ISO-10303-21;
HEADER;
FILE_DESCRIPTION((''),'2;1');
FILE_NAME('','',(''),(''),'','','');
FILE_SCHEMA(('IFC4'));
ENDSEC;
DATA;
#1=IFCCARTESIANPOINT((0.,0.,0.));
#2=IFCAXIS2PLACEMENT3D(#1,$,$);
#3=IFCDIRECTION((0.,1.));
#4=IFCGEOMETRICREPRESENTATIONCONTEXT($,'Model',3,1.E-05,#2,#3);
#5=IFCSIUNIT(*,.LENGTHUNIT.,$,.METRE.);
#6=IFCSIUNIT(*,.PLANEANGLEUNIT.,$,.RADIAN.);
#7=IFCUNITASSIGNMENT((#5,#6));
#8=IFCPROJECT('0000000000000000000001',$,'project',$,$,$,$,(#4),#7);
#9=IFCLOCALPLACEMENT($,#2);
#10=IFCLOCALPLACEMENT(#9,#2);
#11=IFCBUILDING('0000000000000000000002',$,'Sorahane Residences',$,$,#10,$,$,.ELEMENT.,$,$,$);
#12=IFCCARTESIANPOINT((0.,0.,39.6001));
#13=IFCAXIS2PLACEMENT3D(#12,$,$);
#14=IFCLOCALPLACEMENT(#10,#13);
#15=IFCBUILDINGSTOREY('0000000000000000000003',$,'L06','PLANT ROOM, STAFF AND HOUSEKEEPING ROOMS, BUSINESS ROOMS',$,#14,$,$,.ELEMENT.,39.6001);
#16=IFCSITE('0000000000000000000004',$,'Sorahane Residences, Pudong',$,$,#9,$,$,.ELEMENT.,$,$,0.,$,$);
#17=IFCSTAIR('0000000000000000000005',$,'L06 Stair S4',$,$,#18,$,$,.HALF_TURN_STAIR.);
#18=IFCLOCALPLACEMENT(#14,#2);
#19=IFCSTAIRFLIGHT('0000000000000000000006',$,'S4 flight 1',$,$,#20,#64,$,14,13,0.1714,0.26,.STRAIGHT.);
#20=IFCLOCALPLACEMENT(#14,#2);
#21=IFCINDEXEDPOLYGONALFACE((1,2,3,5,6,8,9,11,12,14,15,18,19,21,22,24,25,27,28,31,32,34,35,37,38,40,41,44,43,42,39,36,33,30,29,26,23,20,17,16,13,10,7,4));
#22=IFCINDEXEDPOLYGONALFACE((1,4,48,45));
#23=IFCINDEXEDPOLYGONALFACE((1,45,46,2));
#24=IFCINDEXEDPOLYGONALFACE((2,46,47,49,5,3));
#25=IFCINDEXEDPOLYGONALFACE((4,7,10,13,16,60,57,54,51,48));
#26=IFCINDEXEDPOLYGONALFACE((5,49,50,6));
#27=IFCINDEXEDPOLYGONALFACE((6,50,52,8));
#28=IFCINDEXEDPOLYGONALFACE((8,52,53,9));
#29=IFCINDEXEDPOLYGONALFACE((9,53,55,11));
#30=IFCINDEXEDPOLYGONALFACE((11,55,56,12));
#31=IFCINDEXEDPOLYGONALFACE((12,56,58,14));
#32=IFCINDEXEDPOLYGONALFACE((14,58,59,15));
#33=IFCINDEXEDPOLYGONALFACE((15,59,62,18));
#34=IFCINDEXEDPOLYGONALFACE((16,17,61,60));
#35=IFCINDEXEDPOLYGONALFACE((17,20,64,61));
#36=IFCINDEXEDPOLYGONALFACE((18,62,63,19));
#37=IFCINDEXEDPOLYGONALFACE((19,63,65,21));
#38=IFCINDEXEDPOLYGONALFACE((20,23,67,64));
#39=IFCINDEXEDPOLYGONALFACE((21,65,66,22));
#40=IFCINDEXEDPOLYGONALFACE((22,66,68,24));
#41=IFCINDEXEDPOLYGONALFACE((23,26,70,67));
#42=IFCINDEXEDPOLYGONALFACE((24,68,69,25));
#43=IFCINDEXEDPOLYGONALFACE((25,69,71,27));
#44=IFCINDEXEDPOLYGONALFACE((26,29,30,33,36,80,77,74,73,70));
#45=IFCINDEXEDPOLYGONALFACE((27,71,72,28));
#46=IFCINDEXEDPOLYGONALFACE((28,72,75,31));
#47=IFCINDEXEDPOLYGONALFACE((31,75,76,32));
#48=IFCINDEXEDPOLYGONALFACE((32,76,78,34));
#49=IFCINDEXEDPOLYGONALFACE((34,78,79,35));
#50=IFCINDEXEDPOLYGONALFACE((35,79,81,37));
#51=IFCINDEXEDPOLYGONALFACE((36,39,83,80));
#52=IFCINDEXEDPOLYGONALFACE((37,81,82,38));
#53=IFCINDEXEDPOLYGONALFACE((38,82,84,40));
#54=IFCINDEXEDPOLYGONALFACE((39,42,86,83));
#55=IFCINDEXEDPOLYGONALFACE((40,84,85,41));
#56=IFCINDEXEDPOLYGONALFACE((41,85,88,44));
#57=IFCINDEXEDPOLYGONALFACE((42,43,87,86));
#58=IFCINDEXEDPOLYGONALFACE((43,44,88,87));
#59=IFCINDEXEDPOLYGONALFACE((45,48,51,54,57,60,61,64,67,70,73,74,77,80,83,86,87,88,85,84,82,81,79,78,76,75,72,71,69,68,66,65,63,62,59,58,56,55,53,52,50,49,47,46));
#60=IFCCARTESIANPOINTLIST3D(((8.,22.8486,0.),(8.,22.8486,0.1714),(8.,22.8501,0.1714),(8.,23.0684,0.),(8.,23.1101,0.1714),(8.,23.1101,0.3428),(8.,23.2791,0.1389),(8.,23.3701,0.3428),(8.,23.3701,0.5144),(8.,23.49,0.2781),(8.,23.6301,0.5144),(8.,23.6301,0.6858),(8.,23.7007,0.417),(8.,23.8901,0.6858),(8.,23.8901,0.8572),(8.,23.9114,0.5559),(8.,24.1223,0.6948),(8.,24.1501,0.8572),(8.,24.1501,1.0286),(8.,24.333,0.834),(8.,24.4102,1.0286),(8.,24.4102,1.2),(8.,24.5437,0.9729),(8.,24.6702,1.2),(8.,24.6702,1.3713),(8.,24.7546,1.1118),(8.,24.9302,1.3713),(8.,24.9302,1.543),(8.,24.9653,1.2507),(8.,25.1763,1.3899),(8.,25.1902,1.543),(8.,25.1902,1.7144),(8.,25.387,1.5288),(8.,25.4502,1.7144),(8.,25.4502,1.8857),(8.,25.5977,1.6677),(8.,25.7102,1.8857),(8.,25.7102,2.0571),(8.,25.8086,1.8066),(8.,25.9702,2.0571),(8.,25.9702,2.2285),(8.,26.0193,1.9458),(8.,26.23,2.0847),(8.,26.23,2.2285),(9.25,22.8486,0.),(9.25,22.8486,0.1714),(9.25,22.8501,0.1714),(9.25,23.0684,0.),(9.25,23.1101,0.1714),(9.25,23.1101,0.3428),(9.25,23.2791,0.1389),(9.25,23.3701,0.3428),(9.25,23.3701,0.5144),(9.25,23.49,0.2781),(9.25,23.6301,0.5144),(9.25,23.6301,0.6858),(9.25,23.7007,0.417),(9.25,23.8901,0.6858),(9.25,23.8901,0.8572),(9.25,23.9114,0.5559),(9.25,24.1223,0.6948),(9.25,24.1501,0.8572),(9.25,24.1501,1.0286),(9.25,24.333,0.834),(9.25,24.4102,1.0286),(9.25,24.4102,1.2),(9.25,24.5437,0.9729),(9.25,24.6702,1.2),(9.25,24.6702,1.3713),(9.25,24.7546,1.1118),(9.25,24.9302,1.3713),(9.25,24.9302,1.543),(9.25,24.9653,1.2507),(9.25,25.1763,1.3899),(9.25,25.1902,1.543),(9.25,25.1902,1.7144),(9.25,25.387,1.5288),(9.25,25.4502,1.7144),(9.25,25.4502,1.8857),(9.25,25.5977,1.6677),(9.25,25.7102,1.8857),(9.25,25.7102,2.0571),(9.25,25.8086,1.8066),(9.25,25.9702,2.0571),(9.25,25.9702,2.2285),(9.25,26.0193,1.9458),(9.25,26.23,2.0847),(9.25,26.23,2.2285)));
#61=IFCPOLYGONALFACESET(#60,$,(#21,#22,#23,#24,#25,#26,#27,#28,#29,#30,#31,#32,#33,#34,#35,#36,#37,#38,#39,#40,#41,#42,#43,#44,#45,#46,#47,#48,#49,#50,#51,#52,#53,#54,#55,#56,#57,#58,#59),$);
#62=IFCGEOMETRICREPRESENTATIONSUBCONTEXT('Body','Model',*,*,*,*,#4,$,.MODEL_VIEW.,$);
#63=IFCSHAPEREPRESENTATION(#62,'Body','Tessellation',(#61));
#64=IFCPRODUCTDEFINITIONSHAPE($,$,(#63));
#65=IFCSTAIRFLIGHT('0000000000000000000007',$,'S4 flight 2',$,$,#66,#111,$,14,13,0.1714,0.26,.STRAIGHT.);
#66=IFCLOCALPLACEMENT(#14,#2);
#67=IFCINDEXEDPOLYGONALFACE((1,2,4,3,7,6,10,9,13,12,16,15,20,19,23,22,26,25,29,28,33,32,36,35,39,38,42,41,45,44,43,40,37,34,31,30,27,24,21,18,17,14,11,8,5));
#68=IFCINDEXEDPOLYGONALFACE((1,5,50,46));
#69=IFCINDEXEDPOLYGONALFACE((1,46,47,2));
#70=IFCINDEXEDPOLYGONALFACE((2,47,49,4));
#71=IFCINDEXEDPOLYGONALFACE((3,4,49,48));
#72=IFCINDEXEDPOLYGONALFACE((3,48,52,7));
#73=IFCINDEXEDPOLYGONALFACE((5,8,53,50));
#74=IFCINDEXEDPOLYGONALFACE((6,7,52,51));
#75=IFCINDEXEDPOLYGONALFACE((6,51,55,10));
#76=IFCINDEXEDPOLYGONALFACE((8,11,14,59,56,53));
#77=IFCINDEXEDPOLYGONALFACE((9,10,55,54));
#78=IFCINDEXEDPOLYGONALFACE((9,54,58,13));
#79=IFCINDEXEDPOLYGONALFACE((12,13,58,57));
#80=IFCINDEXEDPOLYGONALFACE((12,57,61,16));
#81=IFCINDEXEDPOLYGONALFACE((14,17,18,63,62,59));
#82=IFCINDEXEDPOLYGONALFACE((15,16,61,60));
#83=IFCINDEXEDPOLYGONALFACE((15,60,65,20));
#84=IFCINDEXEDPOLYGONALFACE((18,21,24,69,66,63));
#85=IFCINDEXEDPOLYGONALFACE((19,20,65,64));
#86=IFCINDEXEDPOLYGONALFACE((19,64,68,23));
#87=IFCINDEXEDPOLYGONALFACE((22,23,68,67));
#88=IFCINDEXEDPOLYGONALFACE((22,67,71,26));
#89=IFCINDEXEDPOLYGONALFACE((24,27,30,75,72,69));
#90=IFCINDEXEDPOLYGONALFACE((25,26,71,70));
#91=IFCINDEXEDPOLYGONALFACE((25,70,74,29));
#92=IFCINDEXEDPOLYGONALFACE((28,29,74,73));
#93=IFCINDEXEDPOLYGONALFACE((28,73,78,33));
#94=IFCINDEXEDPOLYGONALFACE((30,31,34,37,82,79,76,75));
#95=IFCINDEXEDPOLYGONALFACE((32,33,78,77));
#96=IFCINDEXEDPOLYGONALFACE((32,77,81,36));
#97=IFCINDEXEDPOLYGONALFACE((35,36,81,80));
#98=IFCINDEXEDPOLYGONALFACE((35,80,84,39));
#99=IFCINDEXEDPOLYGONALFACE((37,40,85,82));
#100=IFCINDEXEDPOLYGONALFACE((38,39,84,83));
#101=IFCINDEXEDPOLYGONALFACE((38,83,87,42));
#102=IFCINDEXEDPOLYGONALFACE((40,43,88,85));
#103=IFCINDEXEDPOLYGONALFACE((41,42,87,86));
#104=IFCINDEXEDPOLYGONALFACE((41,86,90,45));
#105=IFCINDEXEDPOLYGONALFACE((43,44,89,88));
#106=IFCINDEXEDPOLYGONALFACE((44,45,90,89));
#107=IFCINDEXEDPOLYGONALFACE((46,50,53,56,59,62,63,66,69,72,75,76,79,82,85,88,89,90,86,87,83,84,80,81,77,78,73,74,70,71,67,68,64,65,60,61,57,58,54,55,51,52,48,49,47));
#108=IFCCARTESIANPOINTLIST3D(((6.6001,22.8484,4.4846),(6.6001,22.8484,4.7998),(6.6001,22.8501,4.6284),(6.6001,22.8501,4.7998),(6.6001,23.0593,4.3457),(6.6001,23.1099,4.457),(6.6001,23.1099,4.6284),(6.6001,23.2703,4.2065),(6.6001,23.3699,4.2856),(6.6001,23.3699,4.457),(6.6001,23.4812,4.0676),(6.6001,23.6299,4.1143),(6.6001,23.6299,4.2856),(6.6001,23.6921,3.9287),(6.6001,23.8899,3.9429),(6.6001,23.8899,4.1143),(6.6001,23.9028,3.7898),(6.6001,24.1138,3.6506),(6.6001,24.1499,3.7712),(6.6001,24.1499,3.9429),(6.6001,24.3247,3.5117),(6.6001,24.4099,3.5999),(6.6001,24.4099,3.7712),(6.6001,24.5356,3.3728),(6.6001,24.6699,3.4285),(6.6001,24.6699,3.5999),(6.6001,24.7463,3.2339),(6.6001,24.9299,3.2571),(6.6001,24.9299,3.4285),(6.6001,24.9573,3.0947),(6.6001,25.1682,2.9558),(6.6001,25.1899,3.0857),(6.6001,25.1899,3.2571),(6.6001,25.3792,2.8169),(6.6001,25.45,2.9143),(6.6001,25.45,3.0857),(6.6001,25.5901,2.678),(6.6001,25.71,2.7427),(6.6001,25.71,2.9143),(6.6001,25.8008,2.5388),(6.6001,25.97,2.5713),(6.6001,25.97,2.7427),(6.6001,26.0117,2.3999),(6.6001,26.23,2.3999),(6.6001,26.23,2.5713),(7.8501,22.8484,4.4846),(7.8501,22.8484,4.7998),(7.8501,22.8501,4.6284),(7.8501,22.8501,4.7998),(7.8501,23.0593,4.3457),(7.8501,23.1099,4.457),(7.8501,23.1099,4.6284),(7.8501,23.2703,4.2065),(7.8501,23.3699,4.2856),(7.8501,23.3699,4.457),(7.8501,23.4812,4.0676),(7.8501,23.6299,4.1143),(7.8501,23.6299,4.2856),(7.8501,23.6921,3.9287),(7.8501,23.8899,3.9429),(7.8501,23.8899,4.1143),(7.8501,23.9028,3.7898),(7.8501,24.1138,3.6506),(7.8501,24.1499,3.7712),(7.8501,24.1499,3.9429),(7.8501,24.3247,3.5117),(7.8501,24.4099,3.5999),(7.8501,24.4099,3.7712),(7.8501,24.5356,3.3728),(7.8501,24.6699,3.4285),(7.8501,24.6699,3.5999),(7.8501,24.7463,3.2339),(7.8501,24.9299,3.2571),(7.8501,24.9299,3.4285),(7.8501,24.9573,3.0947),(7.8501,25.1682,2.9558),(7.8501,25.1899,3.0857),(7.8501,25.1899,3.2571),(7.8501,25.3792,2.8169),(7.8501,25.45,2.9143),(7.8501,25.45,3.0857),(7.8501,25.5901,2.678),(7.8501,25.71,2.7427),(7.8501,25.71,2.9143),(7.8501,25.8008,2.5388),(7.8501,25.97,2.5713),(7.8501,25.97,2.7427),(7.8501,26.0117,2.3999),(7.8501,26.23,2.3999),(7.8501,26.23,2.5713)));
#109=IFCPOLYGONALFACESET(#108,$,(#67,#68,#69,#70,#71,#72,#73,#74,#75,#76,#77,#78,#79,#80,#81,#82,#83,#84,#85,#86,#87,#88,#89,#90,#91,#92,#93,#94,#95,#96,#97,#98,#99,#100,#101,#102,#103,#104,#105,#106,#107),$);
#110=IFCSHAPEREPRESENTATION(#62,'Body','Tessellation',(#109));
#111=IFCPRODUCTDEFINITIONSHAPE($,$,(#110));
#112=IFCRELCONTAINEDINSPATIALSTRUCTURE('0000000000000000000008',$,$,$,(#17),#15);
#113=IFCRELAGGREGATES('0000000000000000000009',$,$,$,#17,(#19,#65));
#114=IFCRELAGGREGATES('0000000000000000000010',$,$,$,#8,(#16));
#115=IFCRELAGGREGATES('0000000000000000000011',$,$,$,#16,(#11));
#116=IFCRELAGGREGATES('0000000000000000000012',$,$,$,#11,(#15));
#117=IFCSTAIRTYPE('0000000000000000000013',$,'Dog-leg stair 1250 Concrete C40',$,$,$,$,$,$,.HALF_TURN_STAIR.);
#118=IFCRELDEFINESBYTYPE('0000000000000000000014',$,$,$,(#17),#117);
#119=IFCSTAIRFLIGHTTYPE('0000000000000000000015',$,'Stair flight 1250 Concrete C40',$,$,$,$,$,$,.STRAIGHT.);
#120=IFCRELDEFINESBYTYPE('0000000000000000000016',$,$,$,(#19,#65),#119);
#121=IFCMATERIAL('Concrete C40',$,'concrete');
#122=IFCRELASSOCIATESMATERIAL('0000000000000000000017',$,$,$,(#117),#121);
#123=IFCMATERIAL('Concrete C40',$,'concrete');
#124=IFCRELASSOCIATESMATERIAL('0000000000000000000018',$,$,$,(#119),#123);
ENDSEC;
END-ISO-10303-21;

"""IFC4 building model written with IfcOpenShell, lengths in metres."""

from ifc_helpers import new_model, si_unit, direction, frame, origin, place, context, subcontext, project, spatial, polyline, outline, extrude, material, type_object, element, aggregate, save


model = new_model("IFC4")

# Units and contexts
model_context = context("Model", 3, precision=1e-05, world=origin(), true_north=direction((0.0, 1.0)))
body_context = subcontext(model_context, "Body", "Model", "MODEL_VIEW")
ifc_project = project(units=[si_unit("LENGTHUNIT", "METRE"), si_unit("PLANEANGLEUNIT", "RADIAN")], contexts=[model_context])

# Site, building, storey
site_placement = place(None, origin())
site = spatial("IfcSite", under=ifc_project, at=site_placement, Name="Sorahane Residences, Pudong", CompositionType="ELEMENT", RefElevation=0.0)
building_placement = place(site_placement, origin())
building = spatial("IfcBuilding", under=site, at=building_placement, Name="Sorahane Residences", CompositionType="ELEMENT")
storey_placement = place(building_placement, frame((0.0, 0.0, 39.6001)))
storey = spatial("IfcBuildingStorey", under=building, at=storey_placement, Name="L06", Description="PLANT ROOM, STAFF AND HOUSEKEEPING ROOMS, BUSINESS ROOMS", CompositionType="ELEMENT", Elevation=39.6001)

# Stair, stair flights
ifc_material_1 = material(Name="Concrete C40", Category="concrete")
stair_type = type_object("IfcStairType", Name="Dog-leg stair 1250 Concrete C40", PredefinedType="HALF_TURN_STAIR", material=ifc_material_1)
stair_placement = place(storey_placement, origin())
stair = element("IfcStair", 1, at=stair_placement, inside=storey, type_object=stair_type, Name="L06 Stair S4", PredefinedType="HALF_TURN_STAIR")
ifc_material_2 = material(Name="Concrete C40", Category="concrete")
stair_flight_type = type_object("IfcStairFlightType", Name="Stair flight 1250 Concrete C40", PredefinedType="STRAIGHT", material=ifc_material_2)
stair_flight_1_placement = place(storey_placement, frame((8.625, 22.8501, 0.0), z_axis=(0.0, 0.0, 1.0), x_axis=(0.0, 1.0, 0.0)))
stair_flight_1 = element("IfcStairFlight", 2, at=stair_flight_1_placement, type_object=stair_flight_type, Name="S4 flight 1", NumberOfRisers=14, NumberOfTreads=13, PredefinedType="STRAIGHT", RiserHeight=0.1714, TreadLength=0.26, context=body_context, shape_type="SweptSolid", body=[
    extrude(outline(polyline([(-0.0015, 0.0), (-0.0015, 0.1714), (0.0, 0.1714), (0.26, 0.1714), (0.26, 0.3428), (0.52, 0.3428), (0.52, 0.5144), (0.78, 0.5144), (0.78, 0.6858), (1.04, 0.6858), (1.04, 0.8572), (1.3, 0.8572), (1.3, 1.0286), (1.5601, 1.0286), (1.5601, 1.2), (1.8201, 1.2), (1.8201, 1.3713), (2.0801, 1.3713), (2.0801, 1.543), (2.3401, 1.543), (2.3401, 1.7144), (2.6001, 1.7144), (2.6001, 1.8857), (2.8601, 1.8857), (2.8601, 2.0571), (3.1201, 2.0571), (3.1201, 2.2285), (3.3799, 2.2285), (3.3799, 2.3999), (3.3799, 2.0847), (3.1692, 1.9458), (2.9585, 1.8066), (2.7476, 1.6677), (2.5369, 1.5288), (2.3262, 1.3899), (2.1152, 1.2507), (1.9045, 1.1118), (1.6936, 0.9729), (1.4829, 0.834), (1.2722, 0.6948), (1.0613, 0.5559), (0.8506, 0.417), (0.6399, 0.2781), (0.429, 0.1389), (0.2183, 0.0), (-0.0015, 0.0)])), frame((0.0, 0.625, 0.0), z_axis=(0.0, -1.0, 0.0), x_axis=(1.0, 0.0, 0.0)), (0.0, 0.0, 1.0), 1.25),
])
stair_flight_2_placement = place(storey_placement, frame((7.2251, 26.23, 2.3999), z_axis=(0.0, 0.0, 1.0), x_axis=(0.0, -1.0, 0.0)))
stair_flight_2 = element("IfcStairFlight", 3, at=stair_flight_2_placement, type_object=stair_flight_type, Name="S4 flight 2", NumberOfRisers=14, NumberOfTreads=13, PredefinedType="STRAIGHT", RiserHeight=0.1714, TreadLength=0.26, context=body_context, shape_type="SweptSolid", body=[
    extrude(outline(polyline([(0.0, 0.0), (0.0, 0.1714), (0.26, 0.1714), (0.26, 0.3428), (0.52, 0.3428), (0.52, 0.5144), (0.78, 0.5144), (0.78, 0.6858), (1.04, 0.6858), (1.04, 0.8572), (1.3, 0.8572), (1.3, 1.0286), (1.5601, 1.0286), (1.5601, 1.2), (1.8201, 1.2), (1.8201, 1.3713), (2.0801, 1.3713), (2.0801, 1.543), (2.3401, 1.543), (2.3401, 1.7144), (2.6001, 1.7144), (2.6001, 1.8857), (2.8601, 1.8857), (2.8601, 2.0571), (3.1201, 2.0571), (3.1201, 2.2285), (3.3799, 2.2285), (3.3799, 2.3999), (3.3816, 2.3999), (3.3816, 2.0847), (3.1707, 1.9458), (2.9597, 1.8066), (2.7488, 1.6677), (2.5378, 1.5288), (2.3271, 1.3899), (2.1162, 1.2507), (1.9053, 1.1118), (1.6943, 0.9729), (1.4836, 0.834), (1.2727, 0.6948), (1.0618, 0.5559), (0.8508, 0.417), (0.6399, 0.2781), (0.4292, 0.1389), (0.2183, 0.0), (0.0, 0.0)])), frame((0.0, 0.625, 0.0), z_axis=(0.0, -1.0, 0.0), x_axis=(1.0, 0.0, 0.0)), (0.0, 0.0, 1.0), 1.25),
])
aggregate(stair, [stair_flight_1, stair_flight_2])

save(model, "model.ifc")
